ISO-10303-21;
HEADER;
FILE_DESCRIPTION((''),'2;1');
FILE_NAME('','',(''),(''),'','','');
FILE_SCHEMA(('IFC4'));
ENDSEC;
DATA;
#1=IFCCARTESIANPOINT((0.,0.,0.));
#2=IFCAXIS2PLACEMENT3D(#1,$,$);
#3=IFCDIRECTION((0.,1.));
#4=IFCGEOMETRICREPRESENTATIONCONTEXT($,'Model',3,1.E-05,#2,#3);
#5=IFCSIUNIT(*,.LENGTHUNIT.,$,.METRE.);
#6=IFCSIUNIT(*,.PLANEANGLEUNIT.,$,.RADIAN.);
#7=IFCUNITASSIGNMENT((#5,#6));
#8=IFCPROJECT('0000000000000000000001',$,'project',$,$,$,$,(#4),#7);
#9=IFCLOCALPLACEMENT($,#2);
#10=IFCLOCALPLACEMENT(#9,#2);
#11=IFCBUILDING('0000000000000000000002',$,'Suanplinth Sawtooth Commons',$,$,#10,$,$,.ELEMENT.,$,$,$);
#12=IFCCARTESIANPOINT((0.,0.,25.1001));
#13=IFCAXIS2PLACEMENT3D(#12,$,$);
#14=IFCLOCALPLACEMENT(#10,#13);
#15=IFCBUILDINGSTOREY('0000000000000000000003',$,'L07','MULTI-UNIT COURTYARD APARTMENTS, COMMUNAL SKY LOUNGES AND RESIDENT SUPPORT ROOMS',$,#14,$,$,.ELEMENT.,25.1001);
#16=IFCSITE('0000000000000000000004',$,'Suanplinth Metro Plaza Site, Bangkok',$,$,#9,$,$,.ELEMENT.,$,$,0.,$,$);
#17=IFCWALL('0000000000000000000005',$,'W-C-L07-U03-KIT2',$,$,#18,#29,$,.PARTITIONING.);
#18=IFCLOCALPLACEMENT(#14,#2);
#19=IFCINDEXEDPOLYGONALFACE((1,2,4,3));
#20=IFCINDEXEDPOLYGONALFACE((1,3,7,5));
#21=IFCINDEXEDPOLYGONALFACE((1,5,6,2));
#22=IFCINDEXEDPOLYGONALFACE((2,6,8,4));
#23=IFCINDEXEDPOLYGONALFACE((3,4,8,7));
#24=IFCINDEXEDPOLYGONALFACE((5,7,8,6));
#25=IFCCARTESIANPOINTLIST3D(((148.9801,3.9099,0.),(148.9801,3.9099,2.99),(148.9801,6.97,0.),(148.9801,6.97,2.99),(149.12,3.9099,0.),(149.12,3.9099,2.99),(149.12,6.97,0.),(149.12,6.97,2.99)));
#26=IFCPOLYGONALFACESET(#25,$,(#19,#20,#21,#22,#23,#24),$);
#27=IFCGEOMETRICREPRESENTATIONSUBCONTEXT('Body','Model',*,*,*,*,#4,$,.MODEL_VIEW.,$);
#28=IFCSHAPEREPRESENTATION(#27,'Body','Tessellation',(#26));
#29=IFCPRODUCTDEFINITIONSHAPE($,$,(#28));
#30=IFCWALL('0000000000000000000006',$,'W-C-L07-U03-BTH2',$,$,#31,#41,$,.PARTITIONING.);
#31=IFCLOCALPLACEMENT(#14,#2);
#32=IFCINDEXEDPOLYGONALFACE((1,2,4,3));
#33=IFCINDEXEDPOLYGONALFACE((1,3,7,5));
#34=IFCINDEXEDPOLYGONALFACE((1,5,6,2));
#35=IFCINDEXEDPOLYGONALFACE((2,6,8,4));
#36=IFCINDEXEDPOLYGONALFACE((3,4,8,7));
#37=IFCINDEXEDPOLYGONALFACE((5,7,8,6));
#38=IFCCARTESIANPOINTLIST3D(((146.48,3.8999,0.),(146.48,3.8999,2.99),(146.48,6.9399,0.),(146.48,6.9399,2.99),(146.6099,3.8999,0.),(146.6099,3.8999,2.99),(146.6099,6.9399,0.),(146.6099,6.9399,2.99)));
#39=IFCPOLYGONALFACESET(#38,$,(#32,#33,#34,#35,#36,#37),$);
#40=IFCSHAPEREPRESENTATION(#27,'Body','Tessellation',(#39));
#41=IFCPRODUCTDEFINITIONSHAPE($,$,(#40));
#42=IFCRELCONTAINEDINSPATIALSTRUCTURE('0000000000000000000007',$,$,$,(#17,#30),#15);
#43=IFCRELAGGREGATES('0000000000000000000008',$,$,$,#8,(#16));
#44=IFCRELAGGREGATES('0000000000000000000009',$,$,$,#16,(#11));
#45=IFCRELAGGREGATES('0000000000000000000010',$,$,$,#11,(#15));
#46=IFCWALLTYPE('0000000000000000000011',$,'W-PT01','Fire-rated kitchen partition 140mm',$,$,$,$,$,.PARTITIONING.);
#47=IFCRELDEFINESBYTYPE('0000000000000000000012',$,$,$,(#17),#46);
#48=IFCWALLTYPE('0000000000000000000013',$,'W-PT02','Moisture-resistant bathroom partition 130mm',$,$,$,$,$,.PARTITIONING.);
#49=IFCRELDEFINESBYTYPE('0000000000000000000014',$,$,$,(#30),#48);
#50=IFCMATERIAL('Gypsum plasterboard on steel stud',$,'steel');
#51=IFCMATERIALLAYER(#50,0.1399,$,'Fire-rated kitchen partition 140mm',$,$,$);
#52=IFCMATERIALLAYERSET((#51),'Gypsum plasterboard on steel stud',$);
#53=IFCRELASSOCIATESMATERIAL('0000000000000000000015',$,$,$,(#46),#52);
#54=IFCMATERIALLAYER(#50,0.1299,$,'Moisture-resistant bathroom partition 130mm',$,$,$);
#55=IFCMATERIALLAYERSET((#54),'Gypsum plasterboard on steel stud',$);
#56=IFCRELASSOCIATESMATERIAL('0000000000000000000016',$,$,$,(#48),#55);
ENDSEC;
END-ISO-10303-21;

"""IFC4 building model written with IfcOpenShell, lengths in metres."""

from ifc_helpers import new_model, si_unit, direction, frame, frame_2d, origin, place, context, subcontext, project, spatial, rectangle, extrude, material, layer, layer_set, type_object, element, save


model = new_model("IFC4")

# Units and contexts
model_context = context("Model", 3, precision=1e-05, world=origin(), true_north=direction((0.0, 1.0)))
body_context = subcontext(model_context, "Body", "Model", "MODEL_VIEW")
ifc_project = project(units=[si_unit("LENGTHUNIT", "METRE"), si_unit("PLANEANGLEUNIT", "RADIAN")], contexts=[model_context])

# Site, building, storey
site_placement = place(None, origin())
site = spatial("IfcSite", under=ifc_project, at=site_placement, Name="Suanplinth Metro Plaza Site, Bangkok", CompositionType="ELEMENT", RefElevation=0.0)
building_placement = place(site_placement, origin())
building = spatial("IfcBuilding", under=site, at=building_placement, Name="Suanplinth Sawtooth Commons", CompositionType="ELEMENT")
storey_placement = place(building_placement, frame((0.0, 0.0, 25.1001)))
storey = spatial("IfcBuildingStorey", under=building, at=storey_placement, Name="L07", Description="MULTI-UNIT COURTYARD APARTMENTS, COMMUNAL SKY LOUNGES AND RESIDENT SUPPORT ROOMS", CompositionType="ELEMENT", Elevation=25.1001)

# Shared definitions
ifc_material_1 = material(Name="Gypsum plasterboard on steel stud", Category="steel")
ifc_layer_1 = layer(ifc_material_1, 0.1399, Name="Fire-rated kitchen partition 140mm")
ifc_layer_set_1 = layer_set([ifc_layer_1], Name="Gypsum plasterboard on steel stud")
wall_type_1 = type_object("IfcWallType", Name="W-PT01", Description="Fire-rated kitchen partition 140mm", PredefinedType="PARTITIONING", material=ifc_layer_set_1)

# Walls
wall_1_placement = place(storey_placement, frame((149.05, 3.9099, 0.0), z_axis=(0.0, 0.0, 1.0), x_axis=(0.0, 1.0, 0.0)))
element("IfcWall", 1, at=wall_1_placement, inside=storey, type_object=wall_type_1, Name="W-C-L07-U03-KIT2", PredefinedType="PARTITIONING", context=body_context, shape_type="SweptSolid", body=[
    extrude(rectangle(XDim=3.0601, YDim=0.1399, at=frame_2d((1.53, 0.0))), origin(), (0.0, 0.0, 1.0), 2.99),
])
ifc_layer_2 = layer(ifc_material_1, 0.1299, Name="Moisture-resistant bathroom partition 130mm")
ifc_layer_set_2 = layer_set([ifc_layer_2], Name="Gypsum plasterboard on steel stud")
wall_type_2 = type_object("IfcWallType", Name="W-PT02", Description="Moisture-resistant bathroom partition 130mm", PredefinedType="PARTITIONING", material=ifc_layer_set_2)
wall_2_placement = place(storey_placement, frame((146.5449, 3.8999, 0.0), z_axis=(0.0, 0.0, 1.0), x_axis=(0.0, 1.0, 0.0)))
element("IfcWall", 2, at=wall_2_placement, inside=storey, type_object=wall_type_2, Name="W-C-L07-U03-BTH2", PredefinedType="PARTITIONING", context=body_context, shape_type="SweptSolid", body=[
    extrude(rectangle(XDim=3.04, YDim=0.1299, at=frame_2d((1.52, 0.0))), origin(), (0.0, 0.0, 1.0), 2.99),
])

save(model, "model.ifc")
